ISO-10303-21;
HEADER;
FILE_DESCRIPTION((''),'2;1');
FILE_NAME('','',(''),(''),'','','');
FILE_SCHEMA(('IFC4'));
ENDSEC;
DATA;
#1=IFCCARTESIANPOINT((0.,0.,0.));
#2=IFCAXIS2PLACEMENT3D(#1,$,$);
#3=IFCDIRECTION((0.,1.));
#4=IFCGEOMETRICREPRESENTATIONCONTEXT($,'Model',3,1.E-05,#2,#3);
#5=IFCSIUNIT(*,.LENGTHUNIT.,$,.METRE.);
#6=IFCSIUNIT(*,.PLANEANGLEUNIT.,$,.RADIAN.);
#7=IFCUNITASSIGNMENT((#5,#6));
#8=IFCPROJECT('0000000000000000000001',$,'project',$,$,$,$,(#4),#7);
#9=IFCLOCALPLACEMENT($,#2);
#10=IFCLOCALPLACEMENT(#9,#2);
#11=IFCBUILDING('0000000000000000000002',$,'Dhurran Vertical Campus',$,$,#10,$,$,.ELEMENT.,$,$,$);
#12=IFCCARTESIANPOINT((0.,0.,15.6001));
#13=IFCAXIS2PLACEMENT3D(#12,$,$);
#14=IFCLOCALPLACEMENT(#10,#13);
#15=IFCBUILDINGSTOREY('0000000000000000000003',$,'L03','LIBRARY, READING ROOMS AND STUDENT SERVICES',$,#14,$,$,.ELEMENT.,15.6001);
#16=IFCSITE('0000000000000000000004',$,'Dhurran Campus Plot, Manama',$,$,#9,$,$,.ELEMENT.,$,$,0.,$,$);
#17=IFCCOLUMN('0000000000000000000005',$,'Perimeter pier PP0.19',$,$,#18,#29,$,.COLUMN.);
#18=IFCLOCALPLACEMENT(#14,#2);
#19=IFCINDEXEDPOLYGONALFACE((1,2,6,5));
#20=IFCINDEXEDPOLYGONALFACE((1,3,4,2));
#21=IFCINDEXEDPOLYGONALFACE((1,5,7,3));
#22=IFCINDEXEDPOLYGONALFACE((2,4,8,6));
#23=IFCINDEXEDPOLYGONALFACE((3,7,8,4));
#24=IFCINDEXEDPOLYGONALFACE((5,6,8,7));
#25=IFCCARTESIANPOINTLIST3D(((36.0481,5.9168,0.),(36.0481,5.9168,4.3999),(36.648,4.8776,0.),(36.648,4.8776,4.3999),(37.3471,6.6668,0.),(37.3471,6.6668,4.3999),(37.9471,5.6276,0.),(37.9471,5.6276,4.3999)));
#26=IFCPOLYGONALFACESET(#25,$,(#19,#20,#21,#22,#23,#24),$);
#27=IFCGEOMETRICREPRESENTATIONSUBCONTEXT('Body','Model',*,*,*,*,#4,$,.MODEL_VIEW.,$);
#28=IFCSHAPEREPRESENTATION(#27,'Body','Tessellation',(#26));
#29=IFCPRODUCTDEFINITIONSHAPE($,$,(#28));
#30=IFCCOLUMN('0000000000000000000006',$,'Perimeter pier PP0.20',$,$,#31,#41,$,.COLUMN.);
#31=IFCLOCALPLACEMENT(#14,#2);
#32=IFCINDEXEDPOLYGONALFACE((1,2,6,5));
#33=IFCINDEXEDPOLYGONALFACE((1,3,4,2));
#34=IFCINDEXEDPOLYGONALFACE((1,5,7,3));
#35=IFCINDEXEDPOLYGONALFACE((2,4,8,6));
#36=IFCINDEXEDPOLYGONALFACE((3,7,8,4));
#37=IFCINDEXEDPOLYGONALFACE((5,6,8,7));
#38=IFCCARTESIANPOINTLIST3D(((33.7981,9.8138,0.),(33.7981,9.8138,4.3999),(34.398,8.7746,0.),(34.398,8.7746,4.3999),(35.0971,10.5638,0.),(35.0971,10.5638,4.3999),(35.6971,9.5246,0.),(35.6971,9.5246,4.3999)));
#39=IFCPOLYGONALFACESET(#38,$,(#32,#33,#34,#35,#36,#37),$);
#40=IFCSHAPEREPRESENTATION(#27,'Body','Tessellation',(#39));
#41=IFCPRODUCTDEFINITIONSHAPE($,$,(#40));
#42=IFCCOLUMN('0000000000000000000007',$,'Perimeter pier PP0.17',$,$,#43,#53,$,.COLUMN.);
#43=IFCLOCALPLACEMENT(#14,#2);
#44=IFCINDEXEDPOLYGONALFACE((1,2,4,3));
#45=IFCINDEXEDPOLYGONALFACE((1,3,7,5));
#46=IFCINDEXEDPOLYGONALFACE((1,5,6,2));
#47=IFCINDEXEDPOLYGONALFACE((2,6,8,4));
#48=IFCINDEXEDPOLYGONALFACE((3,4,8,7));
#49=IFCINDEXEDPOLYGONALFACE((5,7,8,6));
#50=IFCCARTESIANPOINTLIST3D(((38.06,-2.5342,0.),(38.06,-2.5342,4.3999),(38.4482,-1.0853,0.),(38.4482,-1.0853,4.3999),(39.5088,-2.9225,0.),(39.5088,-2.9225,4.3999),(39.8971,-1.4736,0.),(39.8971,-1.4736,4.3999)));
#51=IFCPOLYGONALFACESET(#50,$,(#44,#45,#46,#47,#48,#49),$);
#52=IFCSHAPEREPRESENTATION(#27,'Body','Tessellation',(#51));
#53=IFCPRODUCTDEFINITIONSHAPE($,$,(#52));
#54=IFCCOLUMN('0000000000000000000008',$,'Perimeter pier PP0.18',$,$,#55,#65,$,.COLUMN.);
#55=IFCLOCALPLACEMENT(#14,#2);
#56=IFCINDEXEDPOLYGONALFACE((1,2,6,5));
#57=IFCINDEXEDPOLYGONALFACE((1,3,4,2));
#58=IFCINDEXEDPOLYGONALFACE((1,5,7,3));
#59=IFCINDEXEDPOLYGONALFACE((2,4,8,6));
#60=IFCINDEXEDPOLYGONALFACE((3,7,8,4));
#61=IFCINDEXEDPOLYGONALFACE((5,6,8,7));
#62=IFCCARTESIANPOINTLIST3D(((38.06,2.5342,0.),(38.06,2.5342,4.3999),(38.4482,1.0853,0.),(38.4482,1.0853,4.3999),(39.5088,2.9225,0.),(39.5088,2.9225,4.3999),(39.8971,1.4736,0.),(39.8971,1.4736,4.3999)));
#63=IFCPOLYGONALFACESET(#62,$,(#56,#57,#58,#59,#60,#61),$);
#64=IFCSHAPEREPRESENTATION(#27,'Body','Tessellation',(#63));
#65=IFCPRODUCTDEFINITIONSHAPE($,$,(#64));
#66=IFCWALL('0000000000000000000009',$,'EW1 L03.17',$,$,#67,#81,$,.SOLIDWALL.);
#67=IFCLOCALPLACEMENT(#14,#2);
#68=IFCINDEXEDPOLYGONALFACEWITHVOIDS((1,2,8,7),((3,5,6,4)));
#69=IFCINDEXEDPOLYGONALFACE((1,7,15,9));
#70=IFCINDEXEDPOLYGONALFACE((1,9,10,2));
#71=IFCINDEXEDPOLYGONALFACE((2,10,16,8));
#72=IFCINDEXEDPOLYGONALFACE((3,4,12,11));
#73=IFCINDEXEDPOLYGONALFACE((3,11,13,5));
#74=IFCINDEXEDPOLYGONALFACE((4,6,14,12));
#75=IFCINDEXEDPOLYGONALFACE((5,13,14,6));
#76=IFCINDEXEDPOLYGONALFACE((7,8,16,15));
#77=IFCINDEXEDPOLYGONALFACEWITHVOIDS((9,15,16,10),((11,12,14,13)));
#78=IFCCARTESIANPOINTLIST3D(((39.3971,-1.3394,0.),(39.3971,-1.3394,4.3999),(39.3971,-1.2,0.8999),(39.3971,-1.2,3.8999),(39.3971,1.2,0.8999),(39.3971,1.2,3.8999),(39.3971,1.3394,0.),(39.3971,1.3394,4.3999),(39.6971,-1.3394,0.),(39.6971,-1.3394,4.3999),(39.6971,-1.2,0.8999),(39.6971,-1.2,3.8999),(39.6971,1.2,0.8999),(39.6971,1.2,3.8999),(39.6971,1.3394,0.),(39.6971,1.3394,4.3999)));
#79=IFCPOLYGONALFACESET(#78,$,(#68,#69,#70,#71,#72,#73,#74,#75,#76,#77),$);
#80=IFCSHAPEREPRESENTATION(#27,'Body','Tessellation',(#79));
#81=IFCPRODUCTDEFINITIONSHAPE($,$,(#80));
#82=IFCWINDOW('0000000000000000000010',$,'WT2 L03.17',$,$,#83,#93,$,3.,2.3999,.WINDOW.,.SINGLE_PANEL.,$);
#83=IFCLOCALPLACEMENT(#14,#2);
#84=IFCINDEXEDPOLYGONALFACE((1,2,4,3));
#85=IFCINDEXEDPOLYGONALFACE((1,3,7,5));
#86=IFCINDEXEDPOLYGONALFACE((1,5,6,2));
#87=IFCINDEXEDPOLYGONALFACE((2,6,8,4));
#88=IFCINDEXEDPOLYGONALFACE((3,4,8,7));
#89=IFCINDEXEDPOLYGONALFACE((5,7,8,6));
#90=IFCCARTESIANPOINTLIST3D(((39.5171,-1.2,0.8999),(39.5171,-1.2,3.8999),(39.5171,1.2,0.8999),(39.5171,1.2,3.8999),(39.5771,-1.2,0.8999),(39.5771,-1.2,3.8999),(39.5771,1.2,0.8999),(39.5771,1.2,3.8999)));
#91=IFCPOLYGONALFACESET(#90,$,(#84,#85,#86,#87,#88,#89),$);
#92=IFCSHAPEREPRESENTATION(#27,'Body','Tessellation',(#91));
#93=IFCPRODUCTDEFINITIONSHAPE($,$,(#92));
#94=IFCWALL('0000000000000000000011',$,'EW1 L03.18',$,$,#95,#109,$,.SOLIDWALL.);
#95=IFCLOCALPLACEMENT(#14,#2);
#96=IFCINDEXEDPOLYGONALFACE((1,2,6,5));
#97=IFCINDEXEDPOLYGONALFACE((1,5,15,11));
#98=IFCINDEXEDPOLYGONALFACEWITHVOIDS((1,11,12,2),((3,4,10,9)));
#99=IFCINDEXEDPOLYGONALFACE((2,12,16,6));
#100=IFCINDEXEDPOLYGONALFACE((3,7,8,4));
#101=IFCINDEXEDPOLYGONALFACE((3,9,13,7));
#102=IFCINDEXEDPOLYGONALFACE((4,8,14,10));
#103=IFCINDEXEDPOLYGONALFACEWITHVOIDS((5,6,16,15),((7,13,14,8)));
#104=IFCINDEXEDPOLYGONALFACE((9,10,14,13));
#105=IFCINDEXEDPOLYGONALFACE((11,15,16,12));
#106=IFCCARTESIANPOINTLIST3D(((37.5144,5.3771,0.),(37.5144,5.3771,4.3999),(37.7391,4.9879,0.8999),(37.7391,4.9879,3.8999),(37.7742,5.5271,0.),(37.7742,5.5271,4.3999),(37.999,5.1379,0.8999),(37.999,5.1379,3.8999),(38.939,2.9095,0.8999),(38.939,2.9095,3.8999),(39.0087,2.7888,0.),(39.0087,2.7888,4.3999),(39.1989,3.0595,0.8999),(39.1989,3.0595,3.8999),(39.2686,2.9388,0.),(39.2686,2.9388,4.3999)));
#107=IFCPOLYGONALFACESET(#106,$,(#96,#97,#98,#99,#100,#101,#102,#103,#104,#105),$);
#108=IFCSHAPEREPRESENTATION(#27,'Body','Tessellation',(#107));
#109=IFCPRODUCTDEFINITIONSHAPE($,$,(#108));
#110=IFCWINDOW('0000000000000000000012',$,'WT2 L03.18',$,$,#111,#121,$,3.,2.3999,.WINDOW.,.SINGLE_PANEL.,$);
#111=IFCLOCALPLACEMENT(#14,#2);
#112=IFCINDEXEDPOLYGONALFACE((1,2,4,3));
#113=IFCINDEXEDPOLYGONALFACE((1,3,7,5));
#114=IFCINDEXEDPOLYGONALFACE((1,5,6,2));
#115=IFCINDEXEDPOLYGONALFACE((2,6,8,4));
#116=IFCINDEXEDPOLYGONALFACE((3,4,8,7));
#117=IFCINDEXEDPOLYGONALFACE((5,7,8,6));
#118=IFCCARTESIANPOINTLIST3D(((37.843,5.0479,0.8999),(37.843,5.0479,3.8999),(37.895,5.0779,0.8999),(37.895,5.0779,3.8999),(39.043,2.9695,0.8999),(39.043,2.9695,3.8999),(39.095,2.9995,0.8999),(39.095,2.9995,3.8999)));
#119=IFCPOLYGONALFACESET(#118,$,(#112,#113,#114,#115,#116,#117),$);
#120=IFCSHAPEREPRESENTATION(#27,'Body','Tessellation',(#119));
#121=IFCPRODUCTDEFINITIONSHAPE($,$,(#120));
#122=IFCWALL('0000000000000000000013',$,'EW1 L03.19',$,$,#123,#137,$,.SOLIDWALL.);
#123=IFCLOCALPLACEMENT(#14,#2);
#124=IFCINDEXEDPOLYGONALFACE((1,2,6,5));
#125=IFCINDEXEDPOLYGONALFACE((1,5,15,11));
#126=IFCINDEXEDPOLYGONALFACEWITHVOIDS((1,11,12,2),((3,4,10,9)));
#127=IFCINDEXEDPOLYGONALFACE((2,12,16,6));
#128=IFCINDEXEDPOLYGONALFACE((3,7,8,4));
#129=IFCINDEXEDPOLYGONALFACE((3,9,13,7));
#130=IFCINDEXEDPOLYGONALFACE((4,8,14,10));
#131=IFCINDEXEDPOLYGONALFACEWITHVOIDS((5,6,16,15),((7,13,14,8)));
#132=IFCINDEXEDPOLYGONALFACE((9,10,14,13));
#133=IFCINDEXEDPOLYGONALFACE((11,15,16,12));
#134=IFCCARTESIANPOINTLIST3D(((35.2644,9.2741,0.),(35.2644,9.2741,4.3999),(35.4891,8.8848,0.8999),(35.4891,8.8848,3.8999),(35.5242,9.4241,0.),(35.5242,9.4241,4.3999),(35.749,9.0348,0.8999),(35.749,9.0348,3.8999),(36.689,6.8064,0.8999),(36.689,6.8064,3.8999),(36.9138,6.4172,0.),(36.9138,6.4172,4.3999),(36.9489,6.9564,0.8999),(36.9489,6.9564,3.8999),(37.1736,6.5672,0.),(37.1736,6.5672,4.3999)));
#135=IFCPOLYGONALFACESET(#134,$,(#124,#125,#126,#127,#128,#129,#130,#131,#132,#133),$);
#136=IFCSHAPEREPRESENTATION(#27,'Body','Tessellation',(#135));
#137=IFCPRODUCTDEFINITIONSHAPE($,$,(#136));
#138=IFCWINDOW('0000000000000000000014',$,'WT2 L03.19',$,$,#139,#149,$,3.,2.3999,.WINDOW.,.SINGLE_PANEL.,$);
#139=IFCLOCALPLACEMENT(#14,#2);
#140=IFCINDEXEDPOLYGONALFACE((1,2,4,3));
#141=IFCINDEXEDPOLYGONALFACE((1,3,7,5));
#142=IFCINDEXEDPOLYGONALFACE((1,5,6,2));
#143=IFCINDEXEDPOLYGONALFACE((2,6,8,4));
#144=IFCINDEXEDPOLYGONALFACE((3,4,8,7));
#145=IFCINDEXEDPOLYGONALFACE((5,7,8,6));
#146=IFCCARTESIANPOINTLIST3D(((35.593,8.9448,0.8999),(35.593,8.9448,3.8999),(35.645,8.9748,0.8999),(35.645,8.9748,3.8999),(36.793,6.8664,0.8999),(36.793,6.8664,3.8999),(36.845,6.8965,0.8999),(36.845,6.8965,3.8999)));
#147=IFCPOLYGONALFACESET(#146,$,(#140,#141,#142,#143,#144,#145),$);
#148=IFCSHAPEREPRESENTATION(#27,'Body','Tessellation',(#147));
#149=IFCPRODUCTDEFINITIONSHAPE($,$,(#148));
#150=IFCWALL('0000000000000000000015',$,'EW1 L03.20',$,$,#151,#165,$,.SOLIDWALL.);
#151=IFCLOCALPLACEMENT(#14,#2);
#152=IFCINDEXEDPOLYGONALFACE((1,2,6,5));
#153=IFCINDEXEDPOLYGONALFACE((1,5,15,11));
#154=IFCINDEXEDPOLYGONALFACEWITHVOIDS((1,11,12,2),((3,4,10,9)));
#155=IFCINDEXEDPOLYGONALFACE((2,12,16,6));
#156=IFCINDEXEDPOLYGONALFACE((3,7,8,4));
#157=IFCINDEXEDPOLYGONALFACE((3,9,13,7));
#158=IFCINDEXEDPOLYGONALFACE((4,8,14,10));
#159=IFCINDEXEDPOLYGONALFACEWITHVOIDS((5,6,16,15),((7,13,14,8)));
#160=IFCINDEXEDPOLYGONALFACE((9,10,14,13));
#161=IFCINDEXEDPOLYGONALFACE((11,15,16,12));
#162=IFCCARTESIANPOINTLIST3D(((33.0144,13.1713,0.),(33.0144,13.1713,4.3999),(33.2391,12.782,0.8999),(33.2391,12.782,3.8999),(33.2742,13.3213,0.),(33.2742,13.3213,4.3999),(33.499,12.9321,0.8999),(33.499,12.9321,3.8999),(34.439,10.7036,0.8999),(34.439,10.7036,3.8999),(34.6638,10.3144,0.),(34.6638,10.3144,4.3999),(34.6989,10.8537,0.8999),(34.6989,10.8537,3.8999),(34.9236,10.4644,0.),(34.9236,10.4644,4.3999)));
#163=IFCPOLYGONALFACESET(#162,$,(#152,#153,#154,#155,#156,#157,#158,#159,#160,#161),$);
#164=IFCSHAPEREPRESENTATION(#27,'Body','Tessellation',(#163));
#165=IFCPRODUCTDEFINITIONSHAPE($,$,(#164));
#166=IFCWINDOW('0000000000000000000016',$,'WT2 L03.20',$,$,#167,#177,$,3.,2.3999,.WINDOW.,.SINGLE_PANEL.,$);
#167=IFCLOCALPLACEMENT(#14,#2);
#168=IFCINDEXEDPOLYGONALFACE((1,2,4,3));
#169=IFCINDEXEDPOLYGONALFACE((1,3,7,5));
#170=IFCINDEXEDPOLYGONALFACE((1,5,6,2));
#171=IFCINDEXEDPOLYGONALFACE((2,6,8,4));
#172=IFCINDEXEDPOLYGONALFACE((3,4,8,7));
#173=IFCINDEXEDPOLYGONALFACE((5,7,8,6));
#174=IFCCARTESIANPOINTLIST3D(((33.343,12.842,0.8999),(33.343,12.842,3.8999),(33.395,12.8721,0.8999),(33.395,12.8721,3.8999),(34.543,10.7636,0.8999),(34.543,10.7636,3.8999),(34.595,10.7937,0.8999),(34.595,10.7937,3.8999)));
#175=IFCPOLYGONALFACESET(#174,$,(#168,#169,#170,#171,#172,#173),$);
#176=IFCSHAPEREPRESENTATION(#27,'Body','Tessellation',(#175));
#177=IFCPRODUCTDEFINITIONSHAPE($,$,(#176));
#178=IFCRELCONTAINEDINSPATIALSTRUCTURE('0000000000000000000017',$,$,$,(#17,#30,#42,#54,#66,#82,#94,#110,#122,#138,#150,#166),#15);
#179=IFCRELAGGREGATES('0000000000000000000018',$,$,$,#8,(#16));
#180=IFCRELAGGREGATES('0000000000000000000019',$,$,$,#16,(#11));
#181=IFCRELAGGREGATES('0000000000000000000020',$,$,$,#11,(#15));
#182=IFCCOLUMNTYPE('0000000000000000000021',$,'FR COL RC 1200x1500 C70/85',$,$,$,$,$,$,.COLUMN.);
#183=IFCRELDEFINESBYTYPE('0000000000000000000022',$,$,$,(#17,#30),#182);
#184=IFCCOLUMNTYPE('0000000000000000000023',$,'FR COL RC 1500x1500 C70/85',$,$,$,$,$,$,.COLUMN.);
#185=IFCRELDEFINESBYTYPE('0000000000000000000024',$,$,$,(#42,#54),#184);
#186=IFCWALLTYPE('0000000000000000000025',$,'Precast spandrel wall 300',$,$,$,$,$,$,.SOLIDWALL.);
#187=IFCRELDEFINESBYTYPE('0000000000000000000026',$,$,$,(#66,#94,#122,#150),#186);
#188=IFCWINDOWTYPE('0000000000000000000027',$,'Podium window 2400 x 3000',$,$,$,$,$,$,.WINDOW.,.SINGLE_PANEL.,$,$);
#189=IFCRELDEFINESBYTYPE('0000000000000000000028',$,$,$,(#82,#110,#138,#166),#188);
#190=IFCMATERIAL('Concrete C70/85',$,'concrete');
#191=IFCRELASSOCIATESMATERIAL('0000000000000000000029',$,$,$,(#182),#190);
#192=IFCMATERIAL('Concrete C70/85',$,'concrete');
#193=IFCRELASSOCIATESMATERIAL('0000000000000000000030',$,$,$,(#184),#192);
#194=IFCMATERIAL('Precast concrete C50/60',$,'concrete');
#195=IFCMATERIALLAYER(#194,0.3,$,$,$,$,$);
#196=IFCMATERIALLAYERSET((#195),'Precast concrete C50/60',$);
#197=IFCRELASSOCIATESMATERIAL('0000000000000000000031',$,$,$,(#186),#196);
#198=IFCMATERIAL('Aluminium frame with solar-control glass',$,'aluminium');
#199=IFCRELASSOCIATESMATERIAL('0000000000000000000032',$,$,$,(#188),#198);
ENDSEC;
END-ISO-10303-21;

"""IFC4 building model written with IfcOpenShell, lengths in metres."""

from ifc_helpers import new_model, si_unit, direction, frame, frame_2d, origin, origin_2d, place, context, subcontext, project, spatial, rectangle, extrude, material, layer, layer_set, material_profile, profile_set, type_object, element, fill, save


model = new_model("IFC4")

# Units and contexts
model_context = context("Model", 3, precision=1e-05, world=origin(), true_north=direction((0.0, 1.0)))
body_context = subcontext(model_context, "Body", "Model", "MODEL_VIEW")
ifc_project = project(units=[si_unit("LENGTHUNIT", "METRE"), si_unit("PLANEANGLEUNIT", "RADIAN")], contexts=[model_context])

# Site, building, storey
site_placement = place(None, origin())
site = spatial("IfcSite", under=ifc_project, at=site_placement, Name="Dhurran Campus Plot, Manama", CompositionType="ELEMENT", RefElevation=0.0)
building_placement = place(site_placement, origin())
building = spatial("IfcBuilding", under=site, at=building_placement, Name="Dhurran Vertical Campus", CompositionType="ELEMENT")
storey_placement = place(building_placement, frame((0.0, 0.0, 15.6001)))
storey = spatial("IfcBuildingStorey", under=building, at=storey_placement, Name="L03", Description="LIBRARY, READING ROOMS AND STUDENT SERVICES", CompositionType="ELEMENT", Elevation=15.6001)

# Columns
ifc_material_1 = material(Name="Concrete C70/85", Category="concrete")
ifc_material_profile_1 = material_profile(ifc_material_1, rectangle(XDim=1.2, YDim=1.5, at=origin_2d()), Name="RC 1200x1500")
ifc_profile_set_1 = profile_set([ifc_material_profile_1], Name="Concrete C70/85")
column_type_1 = type_object("IfcColumnType", Name="FR COL RC 1200x1500 C70/85", PredefinedType="COLUMN", material=ifc_profile_set_1)
for number, where, z_axis, x_axis, name in (
    (1, (36.9976, 5.7722, 0.0), (0.0, 0.0, 1.0), (-0.5, 0.866025, 0.0), "Perimeter pier PP0.19"),
    (2, (34.7476, 9.6692, 0.0), (0.0, 0.0, 1.0), (-0.5, 0.866025, 0.0), "Perimeter pier PP0.20"),
):
    element("IfcColumn", number, at=place(storey_placement, frame(where, z_axis=z_axis, x_axis=x_axis)), inside=storey, type_object=column_type_1, Name=name, PredefinedType="COLUMN", context=body_context, shape_type="SweptSolid", body=[
        extrude(rectangle(XDim=1.2, YDim=1.5, at=origin_2d()), origin(), (0.0, 0.0, 1.0), 4.3999),
    ])
ifc_material_2 = material(Name="Concrete C70/85", Category="concrete")
ifc_material_profile_2 = material_profile(ifc_material_2, rectangle(XDim=1.5, YDim=1.5, at=origin_2d()), Name="RC 1500x1500")
ifc_profile_set_2 = profile_set([ifc_material_profile_2], Name="Concrete C70/85")
column_type_2 = type_object("IfcColumnType", Name="FR COL RC 1500x1500 C70/85", PredefinedType="COLUMN", material=ifc_profile_set_2)
for number, where, z_axis, x_axis, name in (
    (3, (38.9785, -2.0039, 0.0), (0.0, 0.0, 1.0), (0.258819, 0.965926, 0.0), "Perimeter pier PP0.17"),
    (4, (38.9785, 2.0039, 0.0), (0.0, 0.0, 1.0), (-0.258819, 0.965926, 0.0), "Perimeter pier PP0.18"),
):
    element("IfcColumn", number, at=place(storey_placement, frame(where, z_axis=z_axis, x_axis=x_axis)), inside=storey, type_object=column_type_2, Name=name, PredefinedType="COLUMN", context=body_context, shape_type="SweptSolid", body=[
        extrude(rectangle(XDim=1.5, YDim=1.5, at=origin_2d()), origin(), (0.0, 0.0, 1.0), 4.3999),
    ])

# Walls, openings, windows
ifc_material_3 = material(Name="Precast concrete C50/60", Category="concrete")
ifc_layer_1 = layer(ifc_material_3, 0.3)
ifc_layer_set_1 = layer_set([ifc_layer_1], Name="Precast concrete C50/60")
wall_type_1 = type_object("IfcWallType", Name="Precast spandrel wall 300", PredefinedType="SOLIDWALL", material=ifc_layer_set_1)
wall_1_placement = place(storey_placement, frame((39.5471, -1.3394, 0.0), z_axis=(0.0, 0.0, 1.0), x_axis=(0.0, 1.0, 0.0)))
wall_1 = element("IfcWall", 5, at=wall_1_placement, inside=storey, type_object=wall_type_1, Name="EW1 L03.17", PredefinedType="SOLIDWALL", context=body_context, shape_type="SweptSolid", body=[
    extrude(rectangle(XDim=2.6787, YDim=0.3, at=frame_2d((1.3394, 0.0))), origin(), (0.0, 0.0, 1.0), 4.3999),
])
opening_1_placement = place(wall_1_placement, frame((0.1394, 0.0, 0.8999)))
opening_1 = element("IfcOpeningElement", 6, at=opening_1_placement, cuts=wall_1, PredefinedType="OPENING", context=body_context, shape_type="SweptSolid", body=[
    extrude(rectangle(XDim=2.3999, YDim=3.0, at=frame_2d((1.2, 1.5))), frame((0.0, 0.1599, 0.0), z_axis=(0.0, -1.0, 0.0), x_axis=(1.0, 0.0, 0.0)), (0.0, 0.0, 1.0), 0.3201),
])
ifc_material_4 = material(Name="Aluminium frame with solar-control glass", Category="aluminium")
window_type = type_object("IfcWindowType", Name="Podium window 2400 x 3000", PartitioningType="SINGLE_PANEL", PredefinedType="WINDOW", material=ifc_material_4)
window_1_placement = place(opening_1_placement, origin())
window_1 = element("IfcWindow", 7, at=window_1_placement, inside=storey, type_object=window_type, Name="WT2 L03.17", OverallHeight=3.0, OverallWidth=2.3999, PartitioningType="SINGLE_PANEL", PredefinedType="WINDOW", context=body_context, shape_type="SweptSolid", body=[
    extrude(rectangle(XDim=2.3999, YDim=3.0, at=frame_2d((1.2, 1.5))), frame((0.0, 0.03, 0.0), z_axis=(0.0, -1.0, 0.0), x_axis=(1.0, 0.0, 0.0)), (0.0, 0.0, 1.0), 0.0601),
])
fill(opening_1, window_1)
wall_2_placement = place(storey_placement, frame((39.1387, 2.8638, 0.0), z_axis=(0.0, 0.0, 1.0), x_axis=(-0.499996, 0.866028, 0.0)))
wall_2 = element("IfcWall", 8, at=wall_2_placement, inside=storey, type_object=wall_type_1, Name="EW1 L03.18", PredefinedType="SOLIDWALL", context=body_context, shape_type="SweptSolid", body=[
    extrude(rectangle(XDim=2.9888, YDim=0.3, at=frame_2d((1.4944, 0.0))), origin(), (0.0, 0.0, 1.0), 4.3999),
])
opening_2_placement = place(wall_2_placement, frame((0.1394, 0.0, 0.8999)))
opening_2 = element("IfcOpeningElement", 9, at=opening_2_placement, cuts=wall_2, PredefinedType="OPENING", context=body_context, shape_type="SweptSolid", body=[
    extrude(rectangle(XDim=2.3999, YDim=3.0, at=frame_2d((1.2, 1.5))), frame((0.0, 0.1599, 0.0), z_axis=(0.0, -1.0, 0.0), x_axis=(1.0, 0.0, 0.0)), (0.0, 0.0, 1.0), 0.3201),
])
window_2_placement = place(opening_2_placement, origin())
window_2 = element("IfcWindow", 10, at=window_2_placement, inside=storey, type_object=window_type, Name="WT2 L03.18", OverallHeight=3.0, OverallWidth=2.3999, PartitioningType="SINGLE_PANEL", PredefinedType="WINDOW", context=body_context, shape_type="SweptSolid", body=[
    extrude(rectangle(XDim=2.3999, YDim=3.0, at=frame_2d((1.2, 1.5))), frame((0.0, 0.03, 0.0), z_axis=(0.0, -1.0, 0.0), x_axis=(1.0, 0.0, 0.0)), (0.0, 0.0, 1.0), 0.0601),
])
fill(opening_2, window_2)
wall_3_placement = place(storey_placement, frame((37.0437, 6.4922, 0.0), z_axis=(0.0, 0.0, 1.0), x_axis=(-0.499992, 0.86603, 0.0)))
wall_3 = element("IfcWall", 11, at=wall_3_placement, inside=storey, type_object=wall_type_1, Name="EW1 L03.19", PredefinedType="SOLIDWALL", context=body_context, shape_type="SweptSolid", body=[
    extrude(rectangle(XDim=3.2988, YDim=0.3, at=frame_2d((1.6494, 0.0))), origin(), (0.0, 0.0, 1.0), 4.3999),
])
opening_3_placement = place(wall_3_placement, frame((0.4495, 0.0, 0.8999)))
opening_3 = element("IfcOpeningElement", 12, at=opening_3_placement, cuts=wall_3, PredefinedType="OPENING", context=body_context, shape_type="SweptSolid", body=[
    extrude(rectangle(XDim=2.3999, YDim=3.0, at=frame_2d((1.2, 1.5))), frame((0.0, 0.1599, 0.0), z_axis=(0.0, -1.0, 0.0), x_axis=(1.0, 0.0, 0.0)), (0.0, 0.0, 1.0), 0.3201),
])
window_3_placement = place(opening_3_placement, origin())
window_3 = element("IfcWindow", 13, at=window_3_placement, inside=storey, type_object=window_type, Name="WT2 L03.19", OverallHeight=3.0, OverallWidth=2.3999, PartitioningType="SINGLE_PANEL", PredefinedType="WINDOW", context=body_context, shape_type="SweptSolid", body=[
    extrude(rectangle(XDim=2.3999, YDim=3.0, at=frame_2d((1.2, 1.5))), frame((0.0, 0.03, 0.0), z_axis=(0.0, -1.0, 0.0), x_axis=(1.0, 0.0, 0.0)), (0.0, 0.0, 1.0), 0.0601),
])
fill(opening_3, window_3)
wall_4_placement = place(storey_placement, frame((34.7937, 10.3894, 0.0), z_axis=(0.0, 0.0, 1.0), x_axis=(-0.499992, 0.86603, 0.0)))
wall_4 = element("IfcWall", 14, at=wall_4_placement, inside=storey, type_object=wall_type_1, Name="EW1 L03.20", PredefinedType="SOLIDWALL", context=body_context, shape_type="SweptSolid", body=[
    extrude(rectangle(XDim=3.2988, YDim=0.3, at=frame_2d((1.6494, 0.0))), origin(), (0.0, 0.0, 1.0), 4.3999),
])
opening_4_placement = place(wall_4_placement, frame((0.4495, 0.0, 0.8999)))
opening_4 = element("IfcOpeningElement", 15, at=opening_4_placement, cuts=wall_4, PredefinedType="OPENING", context=body_context, shape_type="SweptSolid", body=[
    extrude(rectangle(XDim=2.3999, YDim=3.0, at=frame_2d((1.2, 1.5))), frame((0.0, 0.1599, 0.0), z_axis=(0.0, -1.0, 0.0), x_axis=(1.0, 0.0, 0.0)), (0.0, 0.0, 1.0), 0.3201),
])
window_4_placement = place(opening_4_placement, origin())
window_4 = element("IfcWindow", 16, at=window_4_placement, inside=storey, type_object=window_type, Name="WT2 L03.20", OverallHeight=3.0, OverallWidth=2.3999, PartitioningType="SINGLE_PANEL", PredefinedType="WINDOW", context=body_context, shape_type="SweptSolid", body=[
    extrude(rectangle(XDim=2.3999, YDim=3.0, at=frame_2d((1.2, 1.5))), frame((0.0, 0.03, 0.0), z_axis=(0.0, -1.0, 0.0), x_axis=(1.0, 0.0, 0.0)), (0.0, 0.0, 1.0), 0.0601),
])
fill(opening_4, window_4)

save(model, "model.ifc")
